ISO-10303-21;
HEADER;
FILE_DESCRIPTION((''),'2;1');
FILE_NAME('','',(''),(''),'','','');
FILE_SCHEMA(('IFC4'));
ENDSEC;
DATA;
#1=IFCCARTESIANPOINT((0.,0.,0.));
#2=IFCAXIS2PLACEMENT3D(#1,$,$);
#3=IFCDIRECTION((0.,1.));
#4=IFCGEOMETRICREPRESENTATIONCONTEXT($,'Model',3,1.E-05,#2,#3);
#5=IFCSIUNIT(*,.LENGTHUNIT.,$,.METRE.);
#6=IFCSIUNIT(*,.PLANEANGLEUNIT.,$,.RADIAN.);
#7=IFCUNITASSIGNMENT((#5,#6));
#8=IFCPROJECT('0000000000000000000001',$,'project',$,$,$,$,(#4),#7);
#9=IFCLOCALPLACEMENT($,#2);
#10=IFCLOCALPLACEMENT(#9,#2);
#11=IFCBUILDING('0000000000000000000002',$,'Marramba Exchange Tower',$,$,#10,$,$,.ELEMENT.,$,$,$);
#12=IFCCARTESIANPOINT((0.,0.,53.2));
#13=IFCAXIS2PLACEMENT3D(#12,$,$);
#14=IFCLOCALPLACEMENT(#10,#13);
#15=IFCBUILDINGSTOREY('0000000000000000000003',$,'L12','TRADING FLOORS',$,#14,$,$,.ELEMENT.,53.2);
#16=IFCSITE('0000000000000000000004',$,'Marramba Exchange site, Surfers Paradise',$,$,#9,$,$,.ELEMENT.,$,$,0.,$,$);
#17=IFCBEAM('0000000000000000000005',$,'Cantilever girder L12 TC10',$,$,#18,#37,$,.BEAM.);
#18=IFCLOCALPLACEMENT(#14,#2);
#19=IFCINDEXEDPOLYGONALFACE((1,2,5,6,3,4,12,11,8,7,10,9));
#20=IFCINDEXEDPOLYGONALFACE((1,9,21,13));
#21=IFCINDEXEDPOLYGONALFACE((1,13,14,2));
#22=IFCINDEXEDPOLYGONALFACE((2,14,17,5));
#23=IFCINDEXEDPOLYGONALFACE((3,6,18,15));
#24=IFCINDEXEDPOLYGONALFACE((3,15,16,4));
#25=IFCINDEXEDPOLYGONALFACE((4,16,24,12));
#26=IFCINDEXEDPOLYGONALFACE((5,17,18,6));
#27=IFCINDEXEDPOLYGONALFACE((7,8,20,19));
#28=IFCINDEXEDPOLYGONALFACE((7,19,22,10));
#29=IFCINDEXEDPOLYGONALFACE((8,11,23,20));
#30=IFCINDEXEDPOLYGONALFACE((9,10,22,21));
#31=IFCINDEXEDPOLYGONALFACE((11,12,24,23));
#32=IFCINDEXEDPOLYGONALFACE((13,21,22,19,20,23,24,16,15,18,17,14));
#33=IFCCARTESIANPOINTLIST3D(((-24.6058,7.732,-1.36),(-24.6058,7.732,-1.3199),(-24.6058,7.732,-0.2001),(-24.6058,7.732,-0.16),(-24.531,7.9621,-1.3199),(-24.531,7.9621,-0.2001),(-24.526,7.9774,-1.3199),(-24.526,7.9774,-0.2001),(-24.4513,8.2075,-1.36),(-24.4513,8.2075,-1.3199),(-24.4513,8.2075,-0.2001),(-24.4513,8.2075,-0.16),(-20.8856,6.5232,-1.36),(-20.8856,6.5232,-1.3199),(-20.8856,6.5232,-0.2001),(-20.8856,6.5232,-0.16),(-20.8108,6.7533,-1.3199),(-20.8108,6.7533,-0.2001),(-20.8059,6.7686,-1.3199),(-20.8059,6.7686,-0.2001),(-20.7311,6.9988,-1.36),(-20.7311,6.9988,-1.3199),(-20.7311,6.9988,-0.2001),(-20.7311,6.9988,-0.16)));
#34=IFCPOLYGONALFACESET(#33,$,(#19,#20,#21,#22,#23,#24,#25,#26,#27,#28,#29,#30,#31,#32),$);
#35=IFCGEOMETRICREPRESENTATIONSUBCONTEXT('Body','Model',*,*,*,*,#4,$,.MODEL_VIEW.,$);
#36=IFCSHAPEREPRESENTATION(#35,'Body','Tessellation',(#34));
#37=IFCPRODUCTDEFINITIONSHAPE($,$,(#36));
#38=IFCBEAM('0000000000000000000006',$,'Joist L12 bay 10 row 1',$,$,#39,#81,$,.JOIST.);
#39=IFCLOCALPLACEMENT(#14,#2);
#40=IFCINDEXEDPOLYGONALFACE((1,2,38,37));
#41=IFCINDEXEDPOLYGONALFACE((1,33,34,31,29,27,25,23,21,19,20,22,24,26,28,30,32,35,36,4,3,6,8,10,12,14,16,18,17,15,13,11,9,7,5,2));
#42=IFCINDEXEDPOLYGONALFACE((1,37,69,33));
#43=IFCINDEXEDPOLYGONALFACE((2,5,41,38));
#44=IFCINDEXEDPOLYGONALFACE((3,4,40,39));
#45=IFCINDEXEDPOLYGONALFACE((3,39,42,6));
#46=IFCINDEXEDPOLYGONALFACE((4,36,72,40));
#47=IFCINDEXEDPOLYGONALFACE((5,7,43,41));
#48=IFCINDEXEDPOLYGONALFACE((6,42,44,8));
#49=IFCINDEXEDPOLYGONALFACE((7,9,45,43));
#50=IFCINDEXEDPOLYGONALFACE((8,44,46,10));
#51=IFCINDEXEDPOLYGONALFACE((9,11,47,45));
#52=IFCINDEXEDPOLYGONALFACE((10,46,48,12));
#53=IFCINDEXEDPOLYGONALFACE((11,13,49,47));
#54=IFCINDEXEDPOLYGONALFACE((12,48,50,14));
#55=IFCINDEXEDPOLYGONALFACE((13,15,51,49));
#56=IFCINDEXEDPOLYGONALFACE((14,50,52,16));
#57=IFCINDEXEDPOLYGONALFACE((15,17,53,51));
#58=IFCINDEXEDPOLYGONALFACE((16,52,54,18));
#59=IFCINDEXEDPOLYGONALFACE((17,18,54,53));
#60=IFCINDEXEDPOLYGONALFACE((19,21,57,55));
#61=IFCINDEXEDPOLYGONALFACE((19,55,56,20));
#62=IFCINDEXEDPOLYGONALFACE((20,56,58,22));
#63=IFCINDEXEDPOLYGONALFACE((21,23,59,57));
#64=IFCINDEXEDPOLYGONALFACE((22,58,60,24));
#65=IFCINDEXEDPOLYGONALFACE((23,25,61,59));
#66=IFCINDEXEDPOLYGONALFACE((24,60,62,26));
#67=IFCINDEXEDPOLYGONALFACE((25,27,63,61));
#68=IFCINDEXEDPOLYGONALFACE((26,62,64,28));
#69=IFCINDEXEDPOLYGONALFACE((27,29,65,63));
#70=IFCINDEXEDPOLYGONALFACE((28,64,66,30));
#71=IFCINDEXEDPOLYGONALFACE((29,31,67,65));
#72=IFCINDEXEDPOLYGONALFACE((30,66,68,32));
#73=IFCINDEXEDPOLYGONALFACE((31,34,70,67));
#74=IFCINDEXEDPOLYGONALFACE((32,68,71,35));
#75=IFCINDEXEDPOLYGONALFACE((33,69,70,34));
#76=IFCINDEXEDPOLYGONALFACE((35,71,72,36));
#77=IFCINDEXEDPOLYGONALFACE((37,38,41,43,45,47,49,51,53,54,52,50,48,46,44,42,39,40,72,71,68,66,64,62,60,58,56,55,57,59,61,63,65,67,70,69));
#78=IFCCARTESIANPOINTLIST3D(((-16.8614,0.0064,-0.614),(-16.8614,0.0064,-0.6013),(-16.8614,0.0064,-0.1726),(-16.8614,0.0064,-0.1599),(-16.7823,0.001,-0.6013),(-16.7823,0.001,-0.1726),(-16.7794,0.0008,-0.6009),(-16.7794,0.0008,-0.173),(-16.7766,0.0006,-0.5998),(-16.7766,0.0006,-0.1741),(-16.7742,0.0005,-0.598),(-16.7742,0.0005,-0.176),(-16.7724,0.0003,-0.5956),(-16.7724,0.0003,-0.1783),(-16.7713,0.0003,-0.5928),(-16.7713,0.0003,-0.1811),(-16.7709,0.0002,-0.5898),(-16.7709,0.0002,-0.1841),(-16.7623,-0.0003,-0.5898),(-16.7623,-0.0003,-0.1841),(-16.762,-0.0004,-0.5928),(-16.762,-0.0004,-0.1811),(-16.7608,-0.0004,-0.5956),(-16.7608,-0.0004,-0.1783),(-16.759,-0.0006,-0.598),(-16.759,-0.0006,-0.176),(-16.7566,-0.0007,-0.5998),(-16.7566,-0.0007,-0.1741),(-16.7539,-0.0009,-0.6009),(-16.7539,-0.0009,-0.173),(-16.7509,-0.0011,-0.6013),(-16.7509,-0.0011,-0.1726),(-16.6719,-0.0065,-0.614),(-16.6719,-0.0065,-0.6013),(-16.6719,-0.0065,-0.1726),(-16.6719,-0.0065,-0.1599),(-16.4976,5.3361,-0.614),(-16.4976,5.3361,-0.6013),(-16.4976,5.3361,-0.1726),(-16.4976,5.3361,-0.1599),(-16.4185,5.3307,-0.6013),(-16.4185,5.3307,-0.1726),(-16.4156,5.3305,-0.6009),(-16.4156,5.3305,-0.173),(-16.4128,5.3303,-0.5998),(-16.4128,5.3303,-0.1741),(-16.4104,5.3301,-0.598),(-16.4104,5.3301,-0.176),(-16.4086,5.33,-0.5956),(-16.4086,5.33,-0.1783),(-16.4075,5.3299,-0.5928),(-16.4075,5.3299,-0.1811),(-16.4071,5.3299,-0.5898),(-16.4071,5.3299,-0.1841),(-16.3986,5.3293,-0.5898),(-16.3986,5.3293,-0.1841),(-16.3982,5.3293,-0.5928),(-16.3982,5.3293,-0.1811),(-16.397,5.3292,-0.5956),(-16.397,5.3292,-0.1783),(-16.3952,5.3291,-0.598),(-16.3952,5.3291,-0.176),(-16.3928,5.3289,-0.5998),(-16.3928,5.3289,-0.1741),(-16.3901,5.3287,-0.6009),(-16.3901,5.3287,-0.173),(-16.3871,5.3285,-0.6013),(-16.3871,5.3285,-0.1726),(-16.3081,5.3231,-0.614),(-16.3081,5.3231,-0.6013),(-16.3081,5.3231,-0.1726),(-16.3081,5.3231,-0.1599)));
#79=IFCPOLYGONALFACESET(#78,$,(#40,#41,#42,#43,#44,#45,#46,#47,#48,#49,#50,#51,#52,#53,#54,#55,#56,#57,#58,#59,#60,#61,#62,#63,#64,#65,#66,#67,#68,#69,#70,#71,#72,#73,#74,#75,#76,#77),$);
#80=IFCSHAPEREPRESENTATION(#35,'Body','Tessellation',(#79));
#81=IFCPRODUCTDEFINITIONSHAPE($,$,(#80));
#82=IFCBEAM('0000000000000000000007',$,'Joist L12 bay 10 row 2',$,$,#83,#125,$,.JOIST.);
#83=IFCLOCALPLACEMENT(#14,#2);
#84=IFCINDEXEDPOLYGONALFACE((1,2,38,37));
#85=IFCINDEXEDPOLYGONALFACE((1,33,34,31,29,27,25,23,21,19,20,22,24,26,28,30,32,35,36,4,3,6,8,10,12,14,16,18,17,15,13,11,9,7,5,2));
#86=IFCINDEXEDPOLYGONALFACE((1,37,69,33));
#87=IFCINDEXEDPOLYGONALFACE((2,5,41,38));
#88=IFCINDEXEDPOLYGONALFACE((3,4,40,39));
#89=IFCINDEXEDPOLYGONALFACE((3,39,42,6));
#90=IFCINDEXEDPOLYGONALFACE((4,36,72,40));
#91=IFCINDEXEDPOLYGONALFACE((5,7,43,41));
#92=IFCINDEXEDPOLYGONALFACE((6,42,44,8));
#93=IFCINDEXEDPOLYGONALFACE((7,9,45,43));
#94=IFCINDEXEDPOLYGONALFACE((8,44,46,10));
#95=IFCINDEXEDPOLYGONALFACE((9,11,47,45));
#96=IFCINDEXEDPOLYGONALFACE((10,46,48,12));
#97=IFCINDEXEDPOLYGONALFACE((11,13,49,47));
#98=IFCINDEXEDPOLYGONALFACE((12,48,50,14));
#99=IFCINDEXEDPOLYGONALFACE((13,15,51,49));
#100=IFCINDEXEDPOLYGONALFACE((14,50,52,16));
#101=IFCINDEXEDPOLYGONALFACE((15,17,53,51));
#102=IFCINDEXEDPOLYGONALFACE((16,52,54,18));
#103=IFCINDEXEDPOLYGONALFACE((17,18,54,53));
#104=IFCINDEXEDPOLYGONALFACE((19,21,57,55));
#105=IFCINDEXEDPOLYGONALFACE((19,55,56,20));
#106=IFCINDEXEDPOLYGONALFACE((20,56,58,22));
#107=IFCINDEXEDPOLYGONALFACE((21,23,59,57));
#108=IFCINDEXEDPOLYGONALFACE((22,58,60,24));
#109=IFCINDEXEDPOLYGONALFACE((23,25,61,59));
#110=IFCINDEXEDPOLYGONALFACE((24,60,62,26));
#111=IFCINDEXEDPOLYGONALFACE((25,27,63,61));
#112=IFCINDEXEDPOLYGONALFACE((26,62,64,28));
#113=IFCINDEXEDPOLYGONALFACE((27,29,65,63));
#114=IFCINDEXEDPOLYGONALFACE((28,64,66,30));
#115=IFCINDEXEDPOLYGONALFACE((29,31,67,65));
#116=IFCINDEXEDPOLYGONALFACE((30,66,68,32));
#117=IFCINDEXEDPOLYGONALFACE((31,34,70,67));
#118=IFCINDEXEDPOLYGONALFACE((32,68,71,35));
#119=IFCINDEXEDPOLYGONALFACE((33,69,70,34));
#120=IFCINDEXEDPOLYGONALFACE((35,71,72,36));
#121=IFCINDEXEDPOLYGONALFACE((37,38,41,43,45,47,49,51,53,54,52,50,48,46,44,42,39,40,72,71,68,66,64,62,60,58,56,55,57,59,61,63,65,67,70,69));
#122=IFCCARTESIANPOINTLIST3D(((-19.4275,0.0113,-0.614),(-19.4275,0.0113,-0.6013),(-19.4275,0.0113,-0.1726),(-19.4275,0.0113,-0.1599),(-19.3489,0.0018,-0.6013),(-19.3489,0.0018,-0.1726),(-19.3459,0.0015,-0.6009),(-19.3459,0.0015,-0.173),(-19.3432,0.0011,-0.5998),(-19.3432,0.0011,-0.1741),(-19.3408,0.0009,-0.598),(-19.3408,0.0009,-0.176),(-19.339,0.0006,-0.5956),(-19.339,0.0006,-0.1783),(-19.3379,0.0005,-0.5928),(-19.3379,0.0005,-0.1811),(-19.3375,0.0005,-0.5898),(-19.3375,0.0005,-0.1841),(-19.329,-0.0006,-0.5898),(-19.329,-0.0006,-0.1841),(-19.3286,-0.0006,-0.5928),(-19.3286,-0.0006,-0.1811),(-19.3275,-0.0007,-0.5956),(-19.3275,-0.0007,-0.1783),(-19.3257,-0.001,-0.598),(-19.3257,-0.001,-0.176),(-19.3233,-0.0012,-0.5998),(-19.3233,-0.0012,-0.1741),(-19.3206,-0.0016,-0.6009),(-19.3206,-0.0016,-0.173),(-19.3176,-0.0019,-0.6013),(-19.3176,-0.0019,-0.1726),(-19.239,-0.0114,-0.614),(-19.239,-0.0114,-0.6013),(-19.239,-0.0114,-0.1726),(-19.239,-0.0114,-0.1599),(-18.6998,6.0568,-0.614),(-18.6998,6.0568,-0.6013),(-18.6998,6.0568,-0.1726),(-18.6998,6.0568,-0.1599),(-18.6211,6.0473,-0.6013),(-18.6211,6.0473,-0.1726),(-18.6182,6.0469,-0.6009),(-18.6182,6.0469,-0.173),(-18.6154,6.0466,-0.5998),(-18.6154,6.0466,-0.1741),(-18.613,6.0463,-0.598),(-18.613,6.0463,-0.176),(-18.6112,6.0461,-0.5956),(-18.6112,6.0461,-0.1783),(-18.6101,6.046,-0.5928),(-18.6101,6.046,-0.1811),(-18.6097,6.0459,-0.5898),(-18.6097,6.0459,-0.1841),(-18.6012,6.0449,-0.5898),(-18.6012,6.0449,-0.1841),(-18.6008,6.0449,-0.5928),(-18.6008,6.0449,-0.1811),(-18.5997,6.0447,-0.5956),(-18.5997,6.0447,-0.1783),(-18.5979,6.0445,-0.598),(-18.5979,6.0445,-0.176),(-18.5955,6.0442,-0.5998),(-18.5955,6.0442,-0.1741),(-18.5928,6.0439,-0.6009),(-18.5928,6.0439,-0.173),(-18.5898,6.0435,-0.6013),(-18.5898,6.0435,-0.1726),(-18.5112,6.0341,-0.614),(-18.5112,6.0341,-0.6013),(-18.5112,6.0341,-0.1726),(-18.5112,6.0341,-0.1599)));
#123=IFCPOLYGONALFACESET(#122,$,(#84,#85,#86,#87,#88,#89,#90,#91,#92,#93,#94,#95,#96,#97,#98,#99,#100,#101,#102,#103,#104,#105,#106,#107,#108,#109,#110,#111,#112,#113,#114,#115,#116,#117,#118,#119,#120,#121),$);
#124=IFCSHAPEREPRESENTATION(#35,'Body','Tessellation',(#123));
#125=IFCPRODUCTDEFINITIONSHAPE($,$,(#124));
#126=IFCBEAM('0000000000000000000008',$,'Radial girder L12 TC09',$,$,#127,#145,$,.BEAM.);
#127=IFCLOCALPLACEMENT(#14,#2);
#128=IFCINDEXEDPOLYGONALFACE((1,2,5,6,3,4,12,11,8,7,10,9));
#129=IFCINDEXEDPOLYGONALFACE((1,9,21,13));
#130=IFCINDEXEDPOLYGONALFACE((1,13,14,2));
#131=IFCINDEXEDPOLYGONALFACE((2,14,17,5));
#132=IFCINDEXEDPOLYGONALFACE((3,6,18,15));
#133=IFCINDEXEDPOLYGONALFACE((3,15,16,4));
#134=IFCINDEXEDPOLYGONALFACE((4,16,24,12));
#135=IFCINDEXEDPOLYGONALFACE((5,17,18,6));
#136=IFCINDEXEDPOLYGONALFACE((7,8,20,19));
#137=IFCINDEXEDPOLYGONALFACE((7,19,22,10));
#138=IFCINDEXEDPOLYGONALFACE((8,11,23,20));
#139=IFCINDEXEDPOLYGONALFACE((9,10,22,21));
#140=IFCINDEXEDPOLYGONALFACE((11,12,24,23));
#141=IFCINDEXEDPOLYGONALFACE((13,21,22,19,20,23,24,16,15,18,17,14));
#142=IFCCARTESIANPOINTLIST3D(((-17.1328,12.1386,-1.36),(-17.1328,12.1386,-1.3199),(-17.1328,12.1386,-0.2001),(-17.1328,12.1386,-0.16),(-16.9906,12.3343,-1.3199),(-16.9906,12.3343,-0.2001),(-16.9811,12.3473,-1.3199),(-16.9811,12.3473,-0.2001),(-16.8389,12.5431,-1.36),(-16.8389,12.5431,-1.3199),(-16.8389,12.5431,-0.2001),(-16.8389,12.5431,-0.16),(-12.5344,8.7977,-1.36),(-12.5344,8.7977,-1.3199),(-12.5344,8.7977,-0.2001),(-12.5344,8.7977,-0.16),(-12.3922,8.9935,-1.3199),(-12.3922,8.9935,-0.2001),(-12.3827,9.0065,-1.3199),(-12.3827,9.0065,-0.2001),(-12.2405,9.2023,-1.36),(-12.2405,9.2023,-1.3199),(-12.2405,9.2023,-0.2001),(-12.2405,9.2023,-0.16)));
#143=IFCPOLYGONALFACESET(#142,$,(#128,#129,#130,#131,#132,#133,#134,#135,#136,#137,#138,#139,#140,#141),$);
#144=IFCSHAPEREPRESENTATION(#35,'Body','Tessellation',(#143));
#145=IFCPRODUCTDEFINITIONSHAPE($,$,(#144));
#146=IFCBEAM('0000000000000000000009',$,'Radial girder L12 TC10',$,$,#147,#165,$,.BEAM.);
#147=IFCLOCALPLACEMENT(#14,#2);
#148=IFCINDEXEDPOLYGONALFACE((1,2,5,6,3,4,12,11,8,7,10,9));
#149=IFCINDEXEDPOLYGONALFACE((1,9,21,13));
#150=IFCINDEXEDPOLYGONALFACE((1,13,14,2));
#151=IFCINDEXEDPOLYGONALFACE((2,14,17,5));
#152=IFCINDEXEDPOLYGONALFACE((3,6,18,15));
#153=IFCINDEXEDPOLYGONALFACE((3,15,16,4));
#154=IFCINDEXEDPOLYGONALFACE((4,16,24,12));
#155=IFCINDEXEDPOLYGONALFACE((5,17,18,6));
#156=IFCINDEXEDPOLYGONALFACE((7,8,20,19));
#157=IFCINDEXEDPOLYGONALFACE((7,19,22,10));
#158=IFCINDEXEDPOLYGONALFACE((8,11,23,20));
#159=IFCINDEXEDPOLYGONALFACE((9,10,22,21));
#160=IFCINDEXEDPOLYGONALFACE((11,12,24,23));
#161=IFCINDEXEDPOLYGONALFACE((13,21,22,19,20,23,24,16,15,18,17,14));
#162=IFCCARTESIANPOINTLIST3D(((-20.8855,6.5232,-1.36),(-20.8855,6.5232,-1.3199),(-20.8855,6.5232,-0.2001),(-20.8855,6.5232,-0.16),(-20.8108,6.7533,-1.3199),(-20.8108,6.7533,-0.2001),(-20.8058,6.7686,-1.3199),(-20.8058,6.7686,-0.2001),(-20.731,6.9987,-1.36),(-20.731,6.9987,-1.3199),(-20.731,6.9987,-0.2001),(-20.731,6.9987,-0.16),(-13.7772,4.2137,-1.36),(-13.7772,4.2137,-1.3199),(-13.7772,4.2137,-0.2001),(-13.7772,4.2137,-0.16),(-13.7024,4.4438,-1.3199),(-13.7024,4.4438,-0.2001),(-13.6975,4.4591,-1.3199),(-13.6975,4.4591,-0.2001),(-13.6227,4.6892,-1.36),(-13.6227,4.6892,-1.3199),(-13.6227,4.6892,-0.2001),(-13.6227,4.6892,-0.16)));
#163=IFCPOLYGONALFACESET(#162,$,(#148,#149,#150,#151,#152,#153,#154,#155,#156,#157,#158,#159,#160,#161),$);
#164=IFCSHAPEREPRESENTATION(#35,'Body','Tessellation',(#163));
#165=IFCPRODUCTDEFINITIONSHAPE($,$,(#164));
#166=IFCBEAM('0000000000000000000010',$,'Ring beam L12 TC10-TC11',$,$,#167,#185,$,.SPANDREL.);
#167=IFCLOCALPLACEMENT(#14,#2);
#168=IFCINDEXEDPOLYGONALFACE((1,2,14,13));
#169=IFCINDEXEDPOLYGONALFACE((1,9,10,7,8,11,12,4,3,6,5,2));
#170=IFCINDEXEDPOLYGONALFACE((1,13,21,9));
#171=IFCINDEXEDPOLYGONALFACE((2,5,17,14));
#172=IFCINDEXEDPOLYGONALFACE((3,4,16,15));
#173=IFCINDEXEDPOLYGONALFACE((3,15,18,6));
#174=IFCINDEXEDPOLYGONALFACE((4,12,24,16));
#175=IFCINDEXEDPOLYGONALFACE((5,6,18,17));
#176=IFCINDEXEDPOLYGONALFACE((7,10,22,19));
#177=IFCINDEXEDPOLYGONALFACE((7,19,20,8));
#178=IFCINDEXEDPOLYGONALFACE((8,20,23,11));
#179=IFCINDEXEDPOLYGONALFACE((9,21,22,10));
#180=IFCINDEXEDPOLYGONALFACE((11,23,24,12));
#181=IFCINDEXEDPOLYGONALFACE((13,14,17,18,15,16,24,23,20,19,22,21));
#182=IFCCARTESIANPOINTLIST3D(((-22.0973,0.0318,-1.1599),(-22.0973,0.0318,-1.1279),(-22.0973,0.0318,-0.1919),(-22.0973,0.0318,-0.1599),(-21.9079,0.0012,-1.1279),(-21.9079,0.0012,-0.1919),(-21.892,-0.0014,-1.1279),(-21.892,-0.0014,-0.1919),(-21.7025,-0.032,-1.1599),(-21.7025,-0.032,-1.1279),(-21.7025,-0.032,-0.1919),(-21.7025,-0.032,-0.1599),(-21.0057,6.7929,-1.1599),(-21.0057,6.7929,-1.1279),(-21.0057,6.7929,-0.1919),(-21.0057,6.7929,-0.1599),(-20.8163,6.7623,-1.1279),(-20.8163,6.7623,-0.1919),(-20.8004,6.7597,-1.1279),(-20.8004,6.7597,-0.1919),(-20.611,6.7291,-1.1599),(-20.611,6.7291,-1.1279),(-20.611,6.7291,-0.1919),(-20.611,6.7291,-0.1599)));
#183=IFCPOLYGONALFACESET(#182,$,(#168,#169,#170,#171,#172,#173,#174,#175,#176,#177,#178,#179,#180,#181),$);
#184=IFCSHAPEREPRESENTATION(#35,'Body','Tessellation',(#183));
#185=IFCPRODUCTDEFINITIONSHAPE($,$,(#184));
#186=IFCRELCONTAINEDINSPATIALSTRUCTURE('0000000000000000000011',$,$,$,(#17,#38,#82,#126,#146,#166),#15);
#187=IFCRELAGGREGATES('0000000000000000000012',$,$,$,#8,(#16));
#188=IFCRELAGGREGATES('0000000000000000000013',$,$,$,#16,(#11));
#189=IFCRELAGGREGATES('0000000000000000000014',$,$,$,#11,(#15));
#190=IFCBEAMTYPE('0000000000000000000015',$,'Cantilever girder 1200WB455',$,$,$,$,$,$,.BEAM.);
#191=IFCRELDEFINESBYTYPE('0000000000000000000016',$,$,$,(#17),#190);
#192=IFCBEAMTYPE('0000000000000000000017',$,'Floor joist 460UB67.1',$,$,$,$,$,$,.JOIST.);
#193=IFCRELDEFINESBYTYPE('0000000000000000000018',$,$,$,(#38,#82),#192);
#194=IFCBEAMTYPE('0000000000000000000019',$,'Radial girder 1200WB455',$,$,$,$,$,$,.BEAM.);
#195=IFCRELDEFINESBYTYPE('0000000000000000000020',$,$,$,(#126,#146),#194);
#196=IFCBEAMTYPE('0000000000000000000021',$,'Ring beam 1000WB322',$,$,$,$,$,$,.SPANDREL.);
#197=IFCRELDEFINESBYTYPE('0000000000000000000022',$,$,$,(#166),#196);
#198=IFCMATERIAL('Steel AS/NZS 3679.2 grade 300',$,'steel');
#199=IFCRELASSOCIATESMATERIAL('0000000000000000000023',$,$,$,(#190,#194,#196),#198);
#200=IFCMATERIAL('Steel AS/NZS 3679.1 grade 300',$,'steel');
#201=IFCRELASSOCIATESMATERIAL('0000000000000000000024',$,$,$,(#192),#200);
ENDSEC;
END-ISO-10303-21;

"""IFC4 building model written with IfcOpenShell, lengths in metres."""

from ifc_helpers import new_model, si_unit, direction, frame, origin, origin_2d, place, context, subcontext, project, spatial, i_section, extrude, material, material_profile, profile_set, type_object, element, save


model = new_model("IFC4")

# Units and contexts
model_context = context("Model", 3, precision=1e-05, world=origin(), true_north=direction((0.0, 1.0)))
body_context = subcontext(model_context, "Body", "Model", "MODEL_VIEW")
ifc_project = project(units=[si_unit("LENGTHUNIT", "METRE"), si_unit("PLANEANGLEUNIT", "RADIAN")], contexts=[model_context])

# Site, building, storey
site_placement = place(None, origin())
site = spatial("IfcSite", under=ifc_project, at=site_placement, Name="Marramba Exchange site, Surfers Paradise", CompositionType="ELEMENT", RefElevation=0.0)
building_placement = place(site_placement, origin())
building = spatial("IfcBuilding", under=site, at=building_placement, Name="Marramba Exchange Tower", CompositionType="ELEMENT")
storey_placement = place(building_placement, frame((0.0, 0.0, 53.2)))
storey = spatial("IfcBuildingStorey", under=building, at=storey_placement, Name="L12", Description="TRADING FLOORS", CompositionType="ELEMENT", Elevation=53.2)

# Beams
ifc_material_1 = material(Name="Steel AS/NZS 3679.2 grade 300", Category="steel")
ifc_material_profile_1 = material_profile(ifc_material_1, i_section(OverallWidth=0.5, OverallDepth=1.2, WebThickness=0.0161, FlangeThickness=0.04, at=origin_2d()), Name="1200WB455")
ifc_profile_set_1 = profile_set([ifc_material_profile_1], Name="Steel AS/NZS 3679.2 grade 300")
beam_type_1 = type_object("IfcBeamType", Name="Cantilever girder 1200WB455", PredefinedType="BEAM", material=ifc_profile_set_1)
beam_1_placement = place(storey_placement, frame((-20.8083, 6.761, -0.76), z_axis=(-0.951059, 0.30901, 0.0), x_axis=(-0.30901, -0.951059, 0.0)))
element("IfcBeam", 1, at=beam_1_placement, inside=storey, type_object=beam_type_1, Name="Cantilever girder L12 TC10", PredefinedType="BEAM", context=body_context, shape_type="SweptSolid", body=[
    extrude(i_section(OverallWidth=0.5, OverallDepth=1.2, WebThickness=0.0161, FlangeThickness=0.04, at=origin_2d()), origin(), (0.0, 0.0, 1.0), 3.9116),
])
ifc_material_2 = material(Name="Steel AS/NZS 3679.1 grade 300", Category="steel")
ifc_material_profile_2 = material_profile(ifc_material_2, i_section(OverallWidth=0.1899, OverallDepth=0.4541, WebThickness=0.0085, FlangeThickness=0.0127, FilletRadius=0.0115, at=origin_2d()), Name="460UB67.1")
ifc_profile_set_2 = profile_set([ifc_material_profile_2], Name="Steel AS/NZS 3679.1 grade 300")
beam_type_2 = type_object("IfcBeamType", Name="Floor joist 460UB67.1", PredefinedType="JOIST", material=ifc_profile_set_2)
beam_2_placement = place(storey_placement, frame((-16.4028, 5.3296, -0.387), z_axis=(-0.068096, -0.997679, 0.0), x_axis=(0.997679, -0.068096, 0.0)))
element("IfcBeam", 2, at=beam_2_placement, inside=storey, type_object=beam_type_2, Name="Joist L12 bay 10 row 1", PredefinedType="JOIST", context=body_context, shape_type="SweptSolid", body=[
    extrude(i_section(OverallWidth=0.1899, OverallDepth=0.4541, WebThickness=0.0085, FlangeThickness=0.0127, FilletRadius=0.0115, at=origin_2d()), origin(), (0.0, 0.0, 1.0), 5.342),
])
beam_3_placement = place(storey_placement, frame((-18.6055, 6.0454, -0.387), z_axis=(-0.119523, -0.992831, 0.0), x_axis=(0.992831, -0.119523, 0.0)))
element("IfcBeam", 3, at=beam_3_placement, inside=storey, type_object=beam_type_2, Name="Joist L12 bay 10 row 2", PredefinedType="JOIST", context=body_context, shape_type="SweptSolid", body=[
    extrude(i_section(OverallWidth=0.1899, OverallDepth=0.4541, WebThickness=0.0085, FlangeThickness=0.0127, FilletRadius=0.0115, at=origin_2d()), origin(), (0.0, 0.0, 1.0), 6.0891),
])
ifc_material_profile_3 = material_profile(ifc_material_1, i_section(OverallWidth=0.5, OverallDepth=1.2, WebThickness=0.0161, FlangeThickness=0.04, at=origin_2d()), Name="1200WB455")
ifc_profile_set_3 = profile_set([ifc_material_profile_3], Name="Steel AS/NZS 3679.2 grade 300")
beam_type_3 = type_object("IfcBeamType", Name="Radial girder 1200WB455", PredefinedType="BEAM", material=ifc_profile_set_3)
beam_4_placement = place(storey_placement, frame((-12.3875, 9.0, -0.76), z_axis=(-0.809026, 0.587773, 0.0), x_axis=(-0.587773, -0.809026, 0.0)))
element("IfcBeam", 4, at=beam_4_placement, inside=storey, type_object=beam_type_3, Name="Radial girder L12 TC09", PredefinedType="BEAM", context=body_context, shape_type="SweptSolid", body=[
    extrude(i_section(OverallWidth=0.5, OverallDepth=1.2, WebThickness=0.0161, FlangeThickness=0.04, at=origin_2d()), origin(), (0.0, 0.0, 1.0), 5.6838),
])
beam_5_placement = place(storey_placement, frame((-13.7, 4.4514, -0.76), z_axis=(-0.95106, 0.309006, 0.0), x_axis=(-0.309006, -0.95106, 0.0)))
element("IfcBeam", 5, at=beam_5_placement, inside=storey, type_object=beam_type_3, Name="Radial girder L12 TC10", PredefinedType="BEAM", context=body_context, shape_type="SweptSolid", body=[
    extrude(i_section(OverallWidth=0.5, OverallDepth=1.2, WebThickness=0.0161, FlangeThickness=0.04, at=origin_2d()), origin(), (0.0, 0.0, 1.0), 7.4741),
])
ifc_material_profile_4 = material_profile(ifc_material_1, i_section(OverallWidth=0.3999, OverallDepth=1.0, WebThickness=0.0161, FlangeThickness=0.032, at=origin_2d()), Name="1000WB322")
ifc_profile_set_4 = profile_set([ifc_material_profile_4], Name="Steel AS/NZS 3679.2 grade 300")
beam_type_4 = type_object("IfcBeamType", Name="Ring beam 1000WB322", PredefinedType="SPANDREL", material=ifc_profile_set_4)
beam_6_placement = place(storey_placement, frame((-20.8083, 6.761, -0.6599), z_axis=(-0.159385, -0.987217, 0.0), x_axis=(0.987217, -0.159385, 0.0)))
element("IfcBeam", 6, at=beam_6_placement, inside=storey, type_object=beam_type_4, Name="Ring beam L12 TC10-TC11", PredefinedType="SPANDREL", context=body_context, shape_type="SweptSolid", body=[
    extrude(i_section(OverallWidth=0.3999, OverallDepth=1.0, WebThickness=0.0161, FlangeThickness=0.032, at=origin_2d()), origin(), (0.0, 0.0, 1.0), 6.8486),
])

save(model, "model.ifc")
